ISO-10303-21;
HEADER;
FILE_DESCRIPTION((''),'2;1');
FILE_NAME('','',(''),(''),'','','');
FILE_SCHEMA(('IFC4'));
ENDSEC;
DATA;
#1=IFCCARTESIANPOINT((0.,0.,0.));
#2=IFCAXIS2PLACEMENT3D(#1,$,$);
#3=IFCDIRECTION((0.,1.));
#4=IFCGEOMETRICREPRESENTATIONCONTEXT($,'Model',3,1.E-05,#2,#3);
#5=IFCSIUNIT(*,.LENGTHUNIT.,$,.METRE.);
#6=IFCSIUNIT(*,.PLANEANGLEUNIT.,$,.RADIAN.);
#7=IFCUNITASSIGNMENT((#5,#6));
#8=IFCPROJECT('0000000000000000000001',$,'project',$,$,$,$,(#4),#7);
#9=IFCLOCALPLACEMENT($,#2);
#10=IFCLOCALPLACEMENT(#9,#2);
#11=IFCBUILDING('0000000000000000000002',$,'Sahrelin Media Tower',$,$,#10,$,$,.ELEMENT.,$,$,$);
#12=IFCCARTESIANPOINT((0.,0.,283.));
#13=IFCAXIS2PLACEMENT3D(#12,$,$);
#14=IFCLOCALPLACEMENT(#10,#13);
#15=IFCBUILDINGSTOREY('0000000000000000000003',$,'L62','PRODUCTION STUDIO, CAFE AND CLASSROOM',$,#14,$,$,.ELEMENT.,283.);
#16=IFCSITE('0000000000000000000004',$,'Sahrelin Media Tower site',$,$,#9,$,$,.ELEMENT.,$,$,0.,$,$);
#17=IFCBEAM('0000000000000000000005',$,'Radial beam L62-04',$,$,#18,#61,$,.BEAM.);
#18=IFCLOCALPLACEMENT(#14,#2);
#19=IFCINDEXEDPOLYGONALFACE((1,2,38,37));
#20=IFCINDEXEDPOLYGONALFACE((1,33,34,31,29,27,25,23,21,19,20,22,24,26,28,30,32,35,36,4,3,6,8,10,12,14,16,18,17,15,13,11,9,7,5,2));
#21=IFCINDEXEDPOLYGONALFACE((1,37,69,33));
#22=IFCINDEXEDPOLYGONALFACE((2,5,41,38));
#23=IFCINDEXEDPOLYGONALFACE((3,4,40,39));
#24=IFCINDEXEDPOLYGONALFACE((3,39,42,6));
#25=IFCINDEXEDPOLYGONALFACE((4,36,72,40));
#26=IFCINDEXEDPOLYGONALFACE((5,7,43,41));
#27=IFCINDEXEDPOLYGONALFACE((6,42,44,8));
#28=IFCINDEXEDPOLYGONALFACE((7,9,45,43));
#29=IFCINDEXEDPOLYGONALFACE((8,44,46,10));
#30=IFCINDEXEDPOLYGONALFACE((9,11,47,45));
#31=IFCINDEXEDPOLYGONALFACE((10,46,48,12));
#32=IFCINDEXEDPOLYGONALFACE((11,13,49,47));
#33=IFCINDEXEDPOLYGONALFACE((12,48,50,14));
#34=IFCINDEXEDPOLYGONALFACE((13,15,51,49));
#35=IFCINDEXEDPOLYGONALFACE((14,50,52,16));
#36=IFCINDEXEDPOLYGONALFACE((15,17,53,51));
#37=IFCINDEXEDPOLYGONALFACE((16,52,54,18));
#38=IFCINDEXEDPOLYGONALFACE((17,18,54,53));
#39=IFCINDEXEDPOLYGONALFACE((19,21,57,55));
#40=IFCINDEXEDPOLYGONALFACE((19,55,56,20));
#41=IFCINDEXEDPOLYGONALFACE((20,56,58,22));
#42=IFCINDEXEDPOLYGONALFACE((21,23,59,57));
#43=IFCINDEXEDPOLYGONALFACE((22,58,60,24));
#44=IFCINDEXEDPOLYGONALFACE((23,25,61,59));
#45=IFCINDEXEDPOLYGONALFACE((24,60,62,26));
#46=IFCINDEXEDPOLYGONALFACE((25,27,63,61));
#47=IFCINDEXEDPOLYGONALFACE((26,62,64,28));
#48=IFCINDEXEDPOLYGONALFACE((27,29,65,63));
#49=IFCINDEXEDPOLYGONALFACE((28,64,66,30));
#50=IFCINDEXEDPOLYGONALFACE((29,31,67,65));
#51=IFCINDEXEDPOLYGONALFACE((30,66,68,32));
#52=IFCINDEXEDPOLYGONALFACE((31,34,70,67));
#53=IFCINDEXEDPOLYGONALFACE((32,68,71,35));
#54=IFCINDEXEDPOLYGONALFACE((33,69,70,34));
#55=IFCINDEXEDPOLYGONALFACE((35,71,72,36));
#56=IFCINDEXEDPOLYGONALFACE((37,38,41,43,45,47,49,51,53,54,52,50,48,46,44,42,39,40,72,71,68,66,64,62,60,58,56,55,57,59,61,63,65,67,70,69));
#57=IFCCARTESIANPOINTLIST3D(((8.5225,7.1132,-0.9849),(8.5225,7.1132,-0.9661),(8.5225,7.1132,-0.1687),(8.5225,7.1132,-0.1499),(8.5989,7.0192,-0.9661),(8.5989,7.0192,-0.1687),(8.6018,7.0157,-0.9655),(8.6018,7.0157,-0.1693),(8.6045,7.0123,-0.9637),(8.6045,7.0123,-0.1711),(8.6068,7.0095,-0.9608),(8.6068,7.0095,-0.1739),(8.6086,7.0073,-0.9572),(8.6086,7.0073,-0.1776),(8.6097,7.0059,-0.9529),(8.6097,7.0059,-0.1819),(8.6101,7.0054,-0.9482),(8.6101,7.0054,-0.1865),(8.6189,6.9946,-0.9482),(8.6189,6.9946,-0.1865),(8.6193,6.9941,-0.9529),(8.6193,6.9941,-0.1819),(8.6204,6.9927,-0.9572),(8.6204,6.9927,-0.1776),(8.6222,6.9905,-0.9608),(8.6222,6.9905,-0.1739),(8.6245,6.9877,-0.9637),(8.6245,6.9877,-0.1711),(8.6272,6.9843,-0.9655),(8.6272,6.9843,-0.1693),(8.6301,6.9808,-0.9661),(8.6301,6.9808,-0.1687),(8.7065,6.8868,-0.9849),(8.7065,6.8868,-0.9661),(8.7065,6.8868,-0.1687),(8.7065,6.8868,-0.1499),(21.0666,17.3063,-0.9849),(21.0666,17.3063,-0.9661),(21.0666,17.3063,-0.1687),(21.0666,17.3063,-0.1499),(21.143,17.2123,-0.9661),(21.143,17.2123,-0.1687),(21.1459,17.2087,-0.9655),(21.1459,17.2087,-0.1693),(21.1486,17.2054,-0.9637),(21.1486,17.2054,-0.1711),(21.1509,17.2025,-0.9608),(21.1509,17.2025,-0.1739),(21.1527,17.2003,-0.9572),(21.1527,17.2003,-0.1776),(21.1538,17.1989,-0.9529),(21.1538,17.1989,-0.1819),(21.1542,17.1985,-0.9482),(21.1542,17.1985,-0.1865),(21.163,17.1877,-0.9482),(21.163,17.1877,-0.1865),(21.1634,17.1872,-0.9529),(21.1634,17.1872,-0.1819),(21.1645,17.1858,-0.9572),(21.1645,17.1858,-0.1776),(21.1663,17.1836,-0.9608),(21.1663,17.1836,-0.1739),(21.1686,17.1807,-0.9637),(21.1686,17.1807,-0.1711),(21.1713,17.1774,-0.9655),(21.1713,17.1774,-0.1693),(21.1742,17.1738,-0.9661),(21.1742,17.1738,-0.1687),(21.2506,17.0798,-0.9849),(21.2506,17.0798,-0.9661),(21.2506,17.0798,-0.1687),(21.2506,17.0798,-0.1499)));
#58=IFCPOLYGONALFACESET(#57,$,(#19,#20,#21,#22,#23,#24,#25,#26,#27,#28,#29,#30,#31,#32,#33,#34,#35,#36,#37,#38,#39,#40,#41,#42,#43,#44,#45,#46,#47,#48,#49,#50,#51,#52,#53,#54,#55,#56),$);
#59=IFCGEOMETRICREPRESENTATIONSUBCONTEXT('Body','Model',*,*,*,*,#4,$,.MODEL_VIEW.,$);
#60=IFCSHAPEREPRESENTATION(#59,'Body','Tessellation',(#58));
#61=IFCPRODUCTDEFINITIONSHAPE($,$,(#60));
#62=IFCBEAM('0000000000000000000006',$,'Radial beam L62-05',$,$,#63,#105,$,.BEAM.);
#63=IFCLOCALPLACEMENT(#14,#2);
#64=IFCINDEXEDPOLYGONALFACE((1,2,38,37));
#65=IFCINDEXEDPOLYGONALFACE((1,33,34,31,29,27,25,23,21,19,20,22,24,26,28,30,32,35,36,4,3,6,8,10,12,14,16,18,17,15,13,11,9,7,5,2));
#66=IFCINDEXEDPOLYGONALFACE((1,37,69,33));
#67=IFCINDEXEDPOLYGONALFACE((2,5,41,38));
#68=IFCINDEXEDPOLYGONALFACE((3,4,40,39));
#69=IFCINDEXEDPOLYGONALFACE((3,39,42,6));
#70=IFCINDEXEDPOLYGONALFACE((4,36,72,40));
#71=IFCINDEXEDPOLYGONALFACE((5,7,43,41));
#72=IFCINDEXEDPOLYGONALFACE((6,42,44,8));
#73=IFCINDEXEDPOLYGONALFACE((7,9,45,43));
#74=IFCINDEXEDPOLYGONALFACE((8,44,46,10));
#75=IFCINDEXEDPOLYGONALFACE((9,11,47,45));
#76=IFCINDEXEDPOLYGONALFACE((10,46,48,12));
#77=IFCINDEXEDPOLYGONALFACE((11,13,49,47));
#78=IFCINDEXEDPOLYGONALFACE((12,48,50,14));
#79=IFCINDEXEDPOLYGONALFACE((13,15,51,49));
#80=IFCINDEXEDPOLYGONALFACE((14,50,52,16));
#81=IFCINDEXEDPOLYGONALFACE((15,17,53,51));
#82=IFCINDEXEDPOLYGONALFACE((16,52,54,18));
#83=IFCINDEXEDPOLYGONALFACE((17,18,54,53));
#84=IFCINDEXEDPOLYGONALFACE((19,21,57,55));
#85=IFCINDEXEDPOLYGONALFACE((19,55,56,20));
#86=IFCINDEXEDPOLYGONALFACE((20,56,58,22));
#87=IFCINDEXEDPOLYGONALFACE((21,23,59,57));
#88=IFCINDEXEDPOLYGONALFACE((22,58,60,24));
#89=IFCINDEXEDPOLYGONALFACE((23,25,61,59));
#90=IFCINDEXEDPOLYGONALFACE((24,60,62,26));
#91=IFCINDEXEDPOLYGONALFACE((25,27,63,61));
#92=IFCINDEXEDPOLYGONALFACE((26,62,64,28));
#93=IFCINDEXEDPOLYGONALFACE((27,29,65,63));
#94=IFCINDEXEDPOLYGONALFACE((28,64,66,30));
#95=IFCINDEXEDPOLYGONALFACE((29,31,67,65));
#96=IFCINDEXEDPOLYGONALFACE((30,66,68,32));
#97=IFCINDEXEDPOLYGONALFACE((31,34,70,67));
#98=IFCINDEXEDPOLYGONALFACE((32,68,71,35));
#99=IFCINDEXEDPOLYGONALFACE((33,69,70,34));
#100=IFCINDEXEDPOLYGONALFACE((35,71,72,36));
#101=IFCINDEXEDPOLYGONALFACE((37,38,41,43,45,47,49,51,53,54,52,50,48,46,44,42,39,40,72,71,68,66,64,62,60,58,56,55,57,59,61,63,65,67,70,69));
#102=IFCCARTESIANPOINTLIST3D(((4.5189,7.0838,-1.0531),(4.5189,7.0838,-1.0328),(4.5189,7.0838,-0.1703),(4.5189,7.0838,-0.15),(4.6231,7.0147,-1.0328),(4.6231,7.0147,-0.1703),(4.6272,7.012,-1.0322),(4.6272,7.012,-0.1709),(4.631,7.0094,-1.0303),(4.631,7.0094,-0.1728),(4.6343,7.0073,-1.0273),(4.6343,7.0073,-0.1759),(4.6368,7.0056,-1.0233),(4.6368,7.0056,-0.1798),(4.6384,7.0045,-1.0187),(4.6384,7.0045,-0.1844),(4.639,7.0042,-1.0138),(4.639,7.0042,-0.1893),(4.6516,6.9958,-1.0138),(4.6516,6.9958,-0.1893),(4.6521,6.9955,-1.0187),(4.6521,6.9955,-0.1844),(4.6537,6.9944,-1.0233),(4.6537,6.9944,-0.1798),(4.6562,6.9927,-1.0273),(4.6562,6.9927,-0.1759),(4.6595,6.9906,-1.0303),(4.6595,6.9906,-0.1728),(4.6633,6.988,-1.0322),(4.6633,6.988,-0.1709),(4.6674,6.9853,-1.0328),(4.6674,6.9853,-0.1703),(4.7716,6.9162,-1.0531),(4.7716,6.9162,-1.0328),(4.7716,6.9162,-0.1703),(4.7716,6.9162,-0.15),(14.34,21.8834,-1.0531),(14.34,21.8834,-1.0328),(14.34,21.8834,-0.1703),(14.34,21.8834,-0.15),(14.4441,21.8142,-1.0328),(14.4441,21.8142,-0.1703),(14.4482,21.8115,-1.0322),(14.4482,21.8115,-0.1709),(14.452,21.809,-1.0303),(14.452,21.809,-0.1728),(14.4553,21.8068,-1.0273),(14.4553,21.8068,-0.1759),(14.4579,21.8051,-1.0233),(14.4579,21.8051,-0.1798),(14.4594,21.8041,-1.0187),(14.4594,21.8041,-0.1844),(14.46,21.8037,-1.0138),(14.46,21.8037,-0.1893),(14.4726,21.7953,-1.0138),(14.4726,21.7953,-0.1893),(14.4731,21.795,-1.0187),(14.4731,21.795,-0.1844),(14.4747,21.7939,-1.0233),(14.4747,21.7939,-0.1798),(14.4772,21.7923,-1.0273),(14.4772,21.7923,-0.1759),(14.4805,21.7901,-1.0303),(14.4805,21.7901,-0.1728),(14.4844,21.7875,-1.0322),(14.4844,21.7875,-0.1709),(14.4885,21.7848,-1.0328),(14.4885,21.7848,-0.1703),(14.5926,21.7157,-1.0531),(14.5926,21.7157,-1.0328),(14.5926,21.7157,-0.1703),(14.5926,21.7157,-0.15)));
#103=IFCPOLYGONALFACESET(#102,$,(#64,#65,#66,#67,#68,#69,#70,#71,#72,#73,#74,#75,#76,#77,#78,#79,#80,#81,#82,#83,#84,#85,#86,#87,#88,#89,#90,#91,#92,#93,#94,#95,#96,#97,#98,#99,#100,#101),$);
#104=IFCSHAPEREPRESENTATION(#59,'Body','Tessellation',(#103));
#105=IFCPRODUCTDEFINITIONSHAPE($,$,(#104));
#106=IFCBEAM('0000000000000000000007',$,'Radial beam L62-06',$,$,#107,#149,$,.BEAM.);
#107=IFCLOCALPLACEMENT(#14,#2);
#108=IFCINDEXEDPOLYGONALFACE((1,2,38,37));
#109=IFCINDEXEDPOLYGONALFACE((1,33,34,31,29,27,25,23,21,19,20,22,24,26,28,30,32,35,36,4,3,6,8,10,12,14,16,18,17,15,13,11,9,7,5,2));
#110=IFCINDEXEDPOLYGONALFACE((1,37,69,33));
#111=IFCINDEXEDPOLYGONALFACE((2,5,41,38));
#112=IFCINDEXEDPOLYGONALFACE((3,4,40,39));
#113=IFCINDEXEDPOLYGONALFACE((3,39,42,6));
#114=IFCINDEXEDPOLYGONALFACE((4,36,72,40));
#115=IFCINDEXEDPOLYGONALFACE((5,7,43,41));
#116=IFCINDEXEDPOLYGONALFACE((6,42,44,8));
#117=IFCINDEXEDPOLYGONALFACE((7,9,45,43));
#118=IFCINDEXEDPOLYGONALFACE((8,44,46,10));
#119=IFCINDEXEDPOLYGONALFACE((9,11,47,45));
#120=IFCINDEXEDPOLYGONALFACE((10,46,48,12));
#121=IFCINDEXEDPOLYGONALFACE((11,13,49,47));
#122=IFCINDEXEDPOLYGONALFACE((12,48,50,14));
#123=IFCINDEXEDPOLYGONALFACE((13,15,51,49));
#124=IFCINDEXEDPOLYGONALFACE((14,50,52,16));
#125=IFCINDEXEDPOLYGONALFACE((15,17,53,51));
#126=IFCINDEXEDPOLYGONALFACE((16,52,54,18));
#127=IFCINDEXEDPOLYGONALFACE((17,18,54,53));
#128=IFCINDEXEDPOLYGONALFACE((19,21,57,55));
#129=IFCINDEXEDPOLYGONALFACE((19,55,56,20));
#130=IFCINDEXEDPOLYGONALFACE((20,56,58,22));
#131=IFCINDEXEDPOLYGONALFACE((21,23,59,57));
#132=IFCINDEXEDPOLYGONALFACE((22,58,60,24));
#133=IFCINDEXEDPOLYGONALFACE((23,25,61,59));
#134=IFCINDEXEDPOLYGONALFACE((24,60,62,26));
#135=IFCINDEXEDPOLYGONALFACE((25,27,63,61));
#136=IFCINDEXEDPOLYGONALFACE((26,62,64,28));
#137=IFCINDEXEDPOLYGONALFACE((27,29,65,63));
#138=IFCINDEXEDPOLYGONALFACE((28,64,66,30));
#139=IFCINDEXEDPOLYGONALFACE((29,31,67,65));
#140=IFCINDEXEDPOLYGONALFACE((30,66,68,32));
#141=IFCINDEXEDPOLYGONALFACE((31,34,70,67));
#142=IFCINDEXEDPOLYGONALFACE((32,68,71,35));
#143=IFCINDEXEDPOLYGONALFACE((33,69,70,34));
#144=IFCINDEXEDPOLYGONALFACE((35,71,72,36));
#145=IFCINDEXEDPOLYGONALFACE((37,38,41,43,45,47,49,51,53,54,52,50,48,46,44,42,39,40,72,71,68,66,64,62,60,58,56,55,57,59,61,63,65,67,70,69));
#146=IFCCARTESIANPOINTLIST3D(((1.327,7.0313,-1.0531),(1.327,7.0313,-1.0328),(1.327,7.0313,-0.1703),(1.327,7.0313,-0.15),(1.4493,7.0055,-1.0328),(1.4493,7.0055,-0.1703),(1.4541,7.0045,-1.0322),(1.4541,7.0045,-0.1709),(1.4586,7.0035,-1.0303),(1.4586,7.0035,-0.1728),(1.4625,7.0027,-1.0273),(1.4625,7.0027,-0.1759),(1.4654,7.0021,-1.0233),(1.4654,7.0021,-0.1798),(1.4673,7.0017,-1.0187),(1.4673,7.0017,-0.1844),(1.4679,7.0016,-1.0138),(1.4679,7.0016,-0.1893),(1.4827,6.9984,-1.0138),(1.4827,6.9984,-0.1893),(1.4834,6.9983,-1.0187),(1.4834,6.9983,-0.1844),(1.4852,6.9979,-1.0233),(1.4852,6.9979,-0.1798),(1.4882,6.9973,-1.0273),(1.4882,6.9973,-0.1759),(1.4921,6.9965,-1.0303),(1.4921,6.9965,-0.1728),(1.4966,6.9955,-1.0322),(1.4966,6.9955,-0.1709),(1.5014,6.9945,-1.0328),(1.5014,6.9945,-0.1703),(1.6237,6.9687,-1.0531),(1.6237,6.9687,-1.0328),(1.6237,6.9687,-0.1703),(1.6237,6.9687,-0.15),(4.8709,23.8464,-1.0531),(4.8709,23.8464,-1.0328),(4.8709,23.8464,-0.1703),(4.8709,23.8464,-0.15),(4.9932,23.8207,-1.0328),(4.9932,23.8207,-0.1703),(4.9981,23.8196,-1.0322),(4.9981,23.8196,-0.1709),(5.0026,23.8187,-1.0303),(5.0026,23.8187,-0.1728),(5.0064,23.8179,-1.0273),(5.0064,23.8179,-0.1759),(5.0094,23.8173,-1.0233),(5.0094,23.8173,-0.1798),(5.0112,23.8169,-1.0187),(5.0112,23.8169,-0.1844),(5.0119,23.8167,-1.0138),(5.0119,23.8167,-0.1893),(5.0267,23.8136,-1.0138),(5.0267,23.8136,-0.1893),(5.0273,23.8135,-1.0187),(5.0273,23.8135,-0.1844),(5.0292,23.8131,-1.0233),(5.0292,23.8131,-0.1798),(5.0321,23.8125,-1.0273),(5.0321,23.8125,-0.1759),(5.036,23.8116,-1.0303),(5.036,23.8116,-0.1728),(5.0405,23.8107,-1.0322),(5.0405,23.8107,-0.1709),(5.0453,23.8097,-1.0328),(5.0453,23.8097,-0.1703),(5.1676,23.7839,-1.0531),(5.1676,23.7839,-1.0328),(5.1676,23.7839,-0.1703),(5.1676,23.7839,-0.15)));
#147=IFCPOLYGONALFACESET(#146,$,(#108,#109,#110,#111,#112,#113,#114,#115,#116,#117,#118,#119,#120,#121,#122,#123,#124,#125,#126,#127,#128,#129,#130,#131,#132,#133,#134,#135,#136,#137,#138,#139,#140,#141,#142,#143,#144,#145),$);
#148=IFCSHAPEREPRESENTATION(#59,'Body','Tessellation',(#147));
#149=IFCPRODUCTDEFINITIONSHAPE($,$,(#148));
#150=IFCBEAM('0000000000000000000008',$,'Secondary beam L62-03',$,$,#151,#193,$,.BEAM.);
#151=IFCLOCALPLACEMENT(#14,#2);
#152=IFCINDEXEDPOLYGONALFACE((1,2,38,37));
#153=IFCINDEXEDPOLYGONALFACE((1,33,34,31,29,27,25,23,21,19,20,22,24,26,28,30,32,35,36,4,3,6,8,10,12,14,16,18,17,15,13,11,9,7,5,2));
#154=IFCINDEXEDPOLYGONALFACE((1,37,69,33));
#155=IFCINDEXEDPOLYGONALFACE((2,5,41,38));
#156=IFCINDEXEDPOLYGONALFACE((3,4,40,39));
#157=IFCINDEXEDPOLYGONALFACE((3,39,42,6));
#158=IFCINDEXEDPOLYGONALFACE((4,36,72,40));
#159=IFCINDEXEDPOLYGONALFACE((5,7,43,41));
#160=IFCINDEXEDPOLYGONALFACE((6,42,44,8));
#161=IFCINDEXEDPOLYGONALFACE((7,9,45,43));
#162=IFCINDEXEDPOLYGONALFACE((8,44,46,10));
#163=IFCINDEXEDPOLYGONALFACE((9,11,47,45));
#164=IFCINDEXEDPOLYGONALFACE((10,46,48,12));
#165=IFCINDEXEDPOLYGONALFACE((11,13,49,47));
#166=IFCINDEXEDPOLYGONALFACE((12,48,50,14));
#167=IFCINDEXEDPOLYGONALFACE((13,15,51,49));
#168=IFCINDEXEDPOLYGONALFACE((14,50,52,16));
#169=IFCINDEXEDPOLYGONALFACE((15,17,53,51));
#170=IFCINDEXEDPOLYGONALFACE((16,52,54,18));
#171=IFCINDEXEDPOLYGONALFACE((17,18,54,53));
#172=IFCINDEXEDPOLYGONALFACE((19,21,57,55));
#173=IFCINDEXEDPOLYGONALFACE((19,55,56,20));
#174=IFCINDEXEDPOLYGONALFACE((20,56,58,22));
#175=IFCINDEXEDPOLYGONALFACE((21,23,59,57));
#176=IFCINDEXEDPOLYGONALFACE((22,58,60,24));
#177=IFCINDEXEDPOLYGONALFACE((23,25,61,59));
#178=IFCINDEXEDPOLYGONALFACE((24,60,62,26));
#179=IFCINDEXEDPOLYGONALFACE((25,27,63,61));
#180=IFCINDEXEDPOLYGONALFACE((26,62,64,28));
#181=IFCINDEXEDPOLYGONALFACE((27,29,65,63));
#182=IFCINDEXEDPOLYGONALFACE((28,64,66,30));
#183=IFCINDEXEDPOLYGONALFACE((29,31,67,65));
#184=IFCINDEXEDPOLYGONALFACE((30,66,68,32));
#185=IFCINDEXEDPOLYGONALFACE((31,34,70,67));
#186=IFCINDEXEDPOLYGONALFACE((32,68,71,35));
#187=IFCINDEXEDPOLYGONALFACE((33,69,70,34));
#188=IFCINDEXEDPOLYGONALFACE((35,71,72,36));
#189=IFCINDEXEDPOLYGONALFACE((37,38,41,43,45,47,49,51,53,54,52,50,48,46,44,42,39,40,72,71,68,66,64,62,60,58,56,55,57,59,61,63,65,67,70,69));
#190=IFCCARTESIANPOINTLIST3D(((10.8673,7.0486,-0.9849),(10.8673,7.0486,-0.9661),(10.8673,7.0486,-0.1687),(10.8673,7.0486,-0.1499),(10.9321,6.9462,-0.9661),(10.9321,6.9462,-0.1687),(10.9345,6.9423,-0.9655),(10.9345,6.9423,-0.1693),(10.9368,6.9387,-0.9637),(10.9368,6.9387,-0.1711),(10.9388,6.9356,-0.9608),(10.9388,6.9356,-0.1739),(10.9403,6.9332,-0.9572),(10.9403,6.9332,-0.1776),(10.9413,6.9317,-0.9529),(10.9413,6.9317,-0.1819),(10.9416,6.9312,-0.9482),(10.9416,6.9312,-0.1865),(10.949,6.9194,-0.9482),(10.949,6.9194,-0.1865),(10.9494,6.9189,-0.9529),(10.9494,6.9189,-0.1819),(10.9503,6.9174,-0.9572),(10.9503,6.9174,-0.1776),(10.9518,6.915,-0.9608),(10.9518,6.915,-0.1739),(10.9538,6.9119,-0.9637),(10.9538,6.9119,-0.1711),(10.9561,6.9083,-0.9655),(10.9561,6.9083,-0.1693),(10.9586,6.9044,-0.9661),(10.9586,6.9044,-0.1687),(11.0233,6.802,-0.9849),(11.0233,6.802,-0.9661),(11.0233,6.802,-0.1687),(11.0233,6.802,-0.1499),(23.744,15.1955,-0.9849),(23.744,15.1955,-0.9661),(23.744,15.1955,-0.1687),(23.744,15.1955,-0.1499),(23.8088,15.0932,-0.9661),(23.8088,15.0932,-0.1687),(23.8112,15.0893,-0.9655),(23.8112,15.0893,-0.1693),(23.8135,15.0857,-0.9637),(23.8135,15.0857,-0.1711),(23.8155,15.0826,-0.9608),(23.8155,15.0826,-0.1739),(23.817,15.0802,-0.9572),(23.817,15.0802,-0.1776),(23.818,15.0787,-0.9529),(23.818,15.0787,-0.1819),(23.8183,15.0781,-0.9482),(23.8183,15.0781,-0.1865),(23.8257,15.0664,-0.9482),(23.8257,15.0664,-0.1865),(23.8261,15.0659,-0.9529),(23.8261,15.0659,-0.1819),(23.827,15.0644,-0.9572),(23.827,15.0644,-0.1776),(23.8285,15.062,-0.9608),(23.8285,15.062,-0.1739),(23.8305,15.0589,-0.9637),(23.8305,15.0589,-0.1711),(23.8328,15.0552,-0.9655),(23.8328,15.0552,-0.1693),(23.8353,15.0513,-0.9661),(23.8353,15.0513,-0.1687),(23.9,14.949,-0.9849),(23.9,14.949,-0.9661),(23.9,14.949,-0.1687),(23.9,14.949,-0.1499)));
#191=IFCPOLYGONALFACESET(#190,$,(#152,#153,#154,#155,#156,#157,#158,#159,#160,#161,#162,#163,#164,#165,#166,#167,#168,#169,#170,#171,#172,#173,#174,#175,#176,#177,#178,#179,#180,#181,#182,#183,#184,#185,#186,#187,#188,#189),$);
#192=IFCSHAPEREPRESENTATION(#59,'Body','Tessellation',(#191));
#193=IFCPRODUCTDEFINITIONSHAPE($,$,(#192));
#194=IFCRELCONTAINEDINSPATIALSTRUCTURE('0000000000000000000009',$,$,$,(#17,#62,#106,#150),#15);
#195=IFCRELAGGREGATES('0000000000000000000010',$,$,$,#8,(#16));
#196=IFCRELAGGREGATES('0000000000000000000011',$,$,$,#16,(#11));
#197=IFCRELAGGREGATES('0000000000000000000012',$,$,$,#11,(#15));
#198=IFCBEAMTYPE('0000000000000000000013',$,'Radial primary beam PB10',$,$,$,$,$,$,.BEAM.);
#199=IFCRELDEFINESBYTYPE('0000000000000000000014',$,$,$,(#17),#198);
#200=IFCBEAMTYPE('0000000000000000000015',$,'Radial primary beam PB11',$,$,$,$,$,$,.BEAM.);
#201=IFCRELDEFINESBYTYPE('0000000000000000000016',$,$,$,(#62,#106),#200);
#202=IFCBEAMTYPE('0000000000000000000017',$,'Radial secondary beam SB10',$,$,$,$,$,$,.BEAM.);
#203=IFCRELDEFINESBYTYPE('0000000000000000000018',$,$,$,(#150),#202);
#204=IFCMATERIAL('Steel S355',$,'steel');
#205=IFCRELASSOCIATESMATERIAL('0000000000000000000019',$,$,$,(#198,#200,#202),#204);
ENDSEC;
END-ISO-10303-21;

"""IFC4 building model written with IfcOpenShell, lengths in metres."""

from ifc_helpers import new_model, si_unit, direction, frame, origin, origin_2d, place, context, subcontext, project, spatial, i_section, extrude, material, material_profile, profile_set, type_object, element, save


model = new_model("IFC4")

# Units and contexts
model_context = context("Model", 3, precision=1e-05, world=origin(), true_north=direction((0.0, 1.0)))
body_context = subcontext(model_context, "Body", "Model", "MODEL_VIEW")
ifc_project = project(units=[si_unit("LENGTHUNIT", "METRE"), si_unit("PLANEANGLEUNIT", "RADIAN")], contexts=[model_context])

# Site, building, storey
site_placement = place(None, origin())
site = spatial("IfcSite", under=ifc_project, at=site_placement, Name="Sahrelin Media Tower site", CompositionType="ELEMENT", RefElevation=0.0)
building_placement = place(site_placement, origin())
building = spatial("IfcBuilding", under=site, at=building_placement, Name="Sahrelin Media Tower", CompositionType="ELEMENT")
storey_placement = place(building_placement, frame((0.0, 0.0, 283.0)))
storey = spatial("IfcBuildingStorey", under=building, at=storey_placement, Name="L62", Description="PRODUCTION STUDIO, CAFE AND CLASSROOM", CompositionType="ELEMENT", Elevation=283.0)

# Shared definitions
ifc_material_1 = material(Name="Steel S355", Category="steel")

# Beams
ifc_material_profile_1 = material_profile(ifc_material_1, i_section(OverallWidth=0.2917, OverallDepth=0.835, WebThickness=0.0139, FlangeThickness=0.0188, FilletRadius=0.0178, at=origin_2d()), Name="UB 838x292x176")
ifc_profile_set_1 = profile_set([ifc_material_profile_1], Name="Steel S355")
beam_type_1 = type_object("IfcBeamType", Name="Radial primary beam PB10", PredefinedType="BEAM", material=ifc_profile_set_1)
beam_1_placement = place(storey_placement, frame((8.6145, 7.0, -0.5674), z_axis=(0.776085, 0.630628, 0.0), x_axis=(-0.630628, 0.776085, 0.0)))
element("IfcBeam", 1, at=beam_1_placement, inside=storey, type_object=beam_type_1, Name="Radial beam L62-04", PredefinedType="BEAM", context=body_context, shape_type="SweptSolid", body=[
    extrude(i_section(OverallWidth=0.2917, OverallDepth=0.835, WebThickness=0.0139, FlangeThickness=0.0188, FilletRadius=0.0178, at=origin_2d()), origin(), (0.0, 0.0, 1.0), 16.1633),
])
ifc_material_profile_2 = material_profile(ifc_material_1, i_section(OverallWidth=0.3032, OverallDepth=0.9031, WebThickness=0.0151, FlangeThickness=0.0203, FilletRadius=0.019, at=origin_2d()), Name="UB 914x305x201")
ifc_profile_set_2 = profile_set([ifc_material_profile_2], Name="Steel S355")
beam_type_2 = type_object("IfcBeamType", Name="Radial primary beam PB11", PredefinedType="BEAM", material=ifc_profile_set_2)
beam_2_placement = place(storey_placement, frame((4.6453, 7.0, -0.6016), z_axis=(0.552932, 0.833226, 0.0), x_axis=(-0.833226, 0.552932, 0.0)))
element("IfcBeam", 2, at=beam_2_placement, inside=storey, type_object=beam_type_2, Name="Radial beam L62-05", PredefinedType="BEAM", context=body_context, shape_type="SweptSolid", body=[
    extrude(i_section(OverallWidth=0.3032, OverallDepth=0.9031, WebThickness=0.0151, FlangeThickness=0.0203, FilletRadius=0.019, at=origin_2d()), origin(), (0.0, 0.0, 1.0), 17.7617),
])
beam_3_placement = place(storey_placement, frame((1.4753, 7.0, -0.6016), z_axis=(0.206228, 0.978504, 0.0), x_axis=(-0.978504, 0.206228, 0.0)))
element("IfcBeam", 3, at=beam_3_placement, inside=storey, type_object=beam_type_2, Name="Radial beam L62-06", PredefinedType="BEAM", context=body_context, shape_type="SweptSolid", body=[
    extrude(i_section(OverallWidth=0.3032, OverallDepth=0.9031, WebThickness=0.0151, FlangeThickness=0.0203, FilletRadius=0.019, at=origin_2d()), origin(), (0.0, 0.0, 1.0), 17.1846),
])
ifc_material_profile_3 = material_profile(ifc_material_1, i_section(OverallWidth=0.2917, OverallDepth=0.835, WebThickness=0.0139, FlangeThickness=0.0188, FilletRadius=0.0178, at=origin_2d()), Name="UB 838x292x176")
ifc_profile_set_3 = profile_set([ifc_material_profile_3], Name="Steel S355")
beam_type_3 = type_object("IfcBeamType", Name="Radial secondary beam SB10", PredefinedType="BEAM", material=ifc_profile_set_3)
beam_4_placement = place(storey_placement, frame((10.9453, 6.9253, -0.5674), z_axis=(0.845065, 0.534664, 0.0), x_axis=(-0.534664, 0.845065, 0.0)))
element("IfcBeam", 4, at=beam_4_placement, inside=storey, type_object=beam_type_3, Name="Secondary beam L62-03", PredefinedType="BEAM", context=body_context, shape_type="SweptSolid", body=[
    extrude(i_section(OverallWidth=0.2917, OverallDepth=0.835, WebThickness=0.0139, FlangeThickness=0.0188, FilletRadius=0.0178, at=origin_2d()), origin(), (0.0, 0.0, 1.0), 15.2375),
])

save(model, "model.ifc")
